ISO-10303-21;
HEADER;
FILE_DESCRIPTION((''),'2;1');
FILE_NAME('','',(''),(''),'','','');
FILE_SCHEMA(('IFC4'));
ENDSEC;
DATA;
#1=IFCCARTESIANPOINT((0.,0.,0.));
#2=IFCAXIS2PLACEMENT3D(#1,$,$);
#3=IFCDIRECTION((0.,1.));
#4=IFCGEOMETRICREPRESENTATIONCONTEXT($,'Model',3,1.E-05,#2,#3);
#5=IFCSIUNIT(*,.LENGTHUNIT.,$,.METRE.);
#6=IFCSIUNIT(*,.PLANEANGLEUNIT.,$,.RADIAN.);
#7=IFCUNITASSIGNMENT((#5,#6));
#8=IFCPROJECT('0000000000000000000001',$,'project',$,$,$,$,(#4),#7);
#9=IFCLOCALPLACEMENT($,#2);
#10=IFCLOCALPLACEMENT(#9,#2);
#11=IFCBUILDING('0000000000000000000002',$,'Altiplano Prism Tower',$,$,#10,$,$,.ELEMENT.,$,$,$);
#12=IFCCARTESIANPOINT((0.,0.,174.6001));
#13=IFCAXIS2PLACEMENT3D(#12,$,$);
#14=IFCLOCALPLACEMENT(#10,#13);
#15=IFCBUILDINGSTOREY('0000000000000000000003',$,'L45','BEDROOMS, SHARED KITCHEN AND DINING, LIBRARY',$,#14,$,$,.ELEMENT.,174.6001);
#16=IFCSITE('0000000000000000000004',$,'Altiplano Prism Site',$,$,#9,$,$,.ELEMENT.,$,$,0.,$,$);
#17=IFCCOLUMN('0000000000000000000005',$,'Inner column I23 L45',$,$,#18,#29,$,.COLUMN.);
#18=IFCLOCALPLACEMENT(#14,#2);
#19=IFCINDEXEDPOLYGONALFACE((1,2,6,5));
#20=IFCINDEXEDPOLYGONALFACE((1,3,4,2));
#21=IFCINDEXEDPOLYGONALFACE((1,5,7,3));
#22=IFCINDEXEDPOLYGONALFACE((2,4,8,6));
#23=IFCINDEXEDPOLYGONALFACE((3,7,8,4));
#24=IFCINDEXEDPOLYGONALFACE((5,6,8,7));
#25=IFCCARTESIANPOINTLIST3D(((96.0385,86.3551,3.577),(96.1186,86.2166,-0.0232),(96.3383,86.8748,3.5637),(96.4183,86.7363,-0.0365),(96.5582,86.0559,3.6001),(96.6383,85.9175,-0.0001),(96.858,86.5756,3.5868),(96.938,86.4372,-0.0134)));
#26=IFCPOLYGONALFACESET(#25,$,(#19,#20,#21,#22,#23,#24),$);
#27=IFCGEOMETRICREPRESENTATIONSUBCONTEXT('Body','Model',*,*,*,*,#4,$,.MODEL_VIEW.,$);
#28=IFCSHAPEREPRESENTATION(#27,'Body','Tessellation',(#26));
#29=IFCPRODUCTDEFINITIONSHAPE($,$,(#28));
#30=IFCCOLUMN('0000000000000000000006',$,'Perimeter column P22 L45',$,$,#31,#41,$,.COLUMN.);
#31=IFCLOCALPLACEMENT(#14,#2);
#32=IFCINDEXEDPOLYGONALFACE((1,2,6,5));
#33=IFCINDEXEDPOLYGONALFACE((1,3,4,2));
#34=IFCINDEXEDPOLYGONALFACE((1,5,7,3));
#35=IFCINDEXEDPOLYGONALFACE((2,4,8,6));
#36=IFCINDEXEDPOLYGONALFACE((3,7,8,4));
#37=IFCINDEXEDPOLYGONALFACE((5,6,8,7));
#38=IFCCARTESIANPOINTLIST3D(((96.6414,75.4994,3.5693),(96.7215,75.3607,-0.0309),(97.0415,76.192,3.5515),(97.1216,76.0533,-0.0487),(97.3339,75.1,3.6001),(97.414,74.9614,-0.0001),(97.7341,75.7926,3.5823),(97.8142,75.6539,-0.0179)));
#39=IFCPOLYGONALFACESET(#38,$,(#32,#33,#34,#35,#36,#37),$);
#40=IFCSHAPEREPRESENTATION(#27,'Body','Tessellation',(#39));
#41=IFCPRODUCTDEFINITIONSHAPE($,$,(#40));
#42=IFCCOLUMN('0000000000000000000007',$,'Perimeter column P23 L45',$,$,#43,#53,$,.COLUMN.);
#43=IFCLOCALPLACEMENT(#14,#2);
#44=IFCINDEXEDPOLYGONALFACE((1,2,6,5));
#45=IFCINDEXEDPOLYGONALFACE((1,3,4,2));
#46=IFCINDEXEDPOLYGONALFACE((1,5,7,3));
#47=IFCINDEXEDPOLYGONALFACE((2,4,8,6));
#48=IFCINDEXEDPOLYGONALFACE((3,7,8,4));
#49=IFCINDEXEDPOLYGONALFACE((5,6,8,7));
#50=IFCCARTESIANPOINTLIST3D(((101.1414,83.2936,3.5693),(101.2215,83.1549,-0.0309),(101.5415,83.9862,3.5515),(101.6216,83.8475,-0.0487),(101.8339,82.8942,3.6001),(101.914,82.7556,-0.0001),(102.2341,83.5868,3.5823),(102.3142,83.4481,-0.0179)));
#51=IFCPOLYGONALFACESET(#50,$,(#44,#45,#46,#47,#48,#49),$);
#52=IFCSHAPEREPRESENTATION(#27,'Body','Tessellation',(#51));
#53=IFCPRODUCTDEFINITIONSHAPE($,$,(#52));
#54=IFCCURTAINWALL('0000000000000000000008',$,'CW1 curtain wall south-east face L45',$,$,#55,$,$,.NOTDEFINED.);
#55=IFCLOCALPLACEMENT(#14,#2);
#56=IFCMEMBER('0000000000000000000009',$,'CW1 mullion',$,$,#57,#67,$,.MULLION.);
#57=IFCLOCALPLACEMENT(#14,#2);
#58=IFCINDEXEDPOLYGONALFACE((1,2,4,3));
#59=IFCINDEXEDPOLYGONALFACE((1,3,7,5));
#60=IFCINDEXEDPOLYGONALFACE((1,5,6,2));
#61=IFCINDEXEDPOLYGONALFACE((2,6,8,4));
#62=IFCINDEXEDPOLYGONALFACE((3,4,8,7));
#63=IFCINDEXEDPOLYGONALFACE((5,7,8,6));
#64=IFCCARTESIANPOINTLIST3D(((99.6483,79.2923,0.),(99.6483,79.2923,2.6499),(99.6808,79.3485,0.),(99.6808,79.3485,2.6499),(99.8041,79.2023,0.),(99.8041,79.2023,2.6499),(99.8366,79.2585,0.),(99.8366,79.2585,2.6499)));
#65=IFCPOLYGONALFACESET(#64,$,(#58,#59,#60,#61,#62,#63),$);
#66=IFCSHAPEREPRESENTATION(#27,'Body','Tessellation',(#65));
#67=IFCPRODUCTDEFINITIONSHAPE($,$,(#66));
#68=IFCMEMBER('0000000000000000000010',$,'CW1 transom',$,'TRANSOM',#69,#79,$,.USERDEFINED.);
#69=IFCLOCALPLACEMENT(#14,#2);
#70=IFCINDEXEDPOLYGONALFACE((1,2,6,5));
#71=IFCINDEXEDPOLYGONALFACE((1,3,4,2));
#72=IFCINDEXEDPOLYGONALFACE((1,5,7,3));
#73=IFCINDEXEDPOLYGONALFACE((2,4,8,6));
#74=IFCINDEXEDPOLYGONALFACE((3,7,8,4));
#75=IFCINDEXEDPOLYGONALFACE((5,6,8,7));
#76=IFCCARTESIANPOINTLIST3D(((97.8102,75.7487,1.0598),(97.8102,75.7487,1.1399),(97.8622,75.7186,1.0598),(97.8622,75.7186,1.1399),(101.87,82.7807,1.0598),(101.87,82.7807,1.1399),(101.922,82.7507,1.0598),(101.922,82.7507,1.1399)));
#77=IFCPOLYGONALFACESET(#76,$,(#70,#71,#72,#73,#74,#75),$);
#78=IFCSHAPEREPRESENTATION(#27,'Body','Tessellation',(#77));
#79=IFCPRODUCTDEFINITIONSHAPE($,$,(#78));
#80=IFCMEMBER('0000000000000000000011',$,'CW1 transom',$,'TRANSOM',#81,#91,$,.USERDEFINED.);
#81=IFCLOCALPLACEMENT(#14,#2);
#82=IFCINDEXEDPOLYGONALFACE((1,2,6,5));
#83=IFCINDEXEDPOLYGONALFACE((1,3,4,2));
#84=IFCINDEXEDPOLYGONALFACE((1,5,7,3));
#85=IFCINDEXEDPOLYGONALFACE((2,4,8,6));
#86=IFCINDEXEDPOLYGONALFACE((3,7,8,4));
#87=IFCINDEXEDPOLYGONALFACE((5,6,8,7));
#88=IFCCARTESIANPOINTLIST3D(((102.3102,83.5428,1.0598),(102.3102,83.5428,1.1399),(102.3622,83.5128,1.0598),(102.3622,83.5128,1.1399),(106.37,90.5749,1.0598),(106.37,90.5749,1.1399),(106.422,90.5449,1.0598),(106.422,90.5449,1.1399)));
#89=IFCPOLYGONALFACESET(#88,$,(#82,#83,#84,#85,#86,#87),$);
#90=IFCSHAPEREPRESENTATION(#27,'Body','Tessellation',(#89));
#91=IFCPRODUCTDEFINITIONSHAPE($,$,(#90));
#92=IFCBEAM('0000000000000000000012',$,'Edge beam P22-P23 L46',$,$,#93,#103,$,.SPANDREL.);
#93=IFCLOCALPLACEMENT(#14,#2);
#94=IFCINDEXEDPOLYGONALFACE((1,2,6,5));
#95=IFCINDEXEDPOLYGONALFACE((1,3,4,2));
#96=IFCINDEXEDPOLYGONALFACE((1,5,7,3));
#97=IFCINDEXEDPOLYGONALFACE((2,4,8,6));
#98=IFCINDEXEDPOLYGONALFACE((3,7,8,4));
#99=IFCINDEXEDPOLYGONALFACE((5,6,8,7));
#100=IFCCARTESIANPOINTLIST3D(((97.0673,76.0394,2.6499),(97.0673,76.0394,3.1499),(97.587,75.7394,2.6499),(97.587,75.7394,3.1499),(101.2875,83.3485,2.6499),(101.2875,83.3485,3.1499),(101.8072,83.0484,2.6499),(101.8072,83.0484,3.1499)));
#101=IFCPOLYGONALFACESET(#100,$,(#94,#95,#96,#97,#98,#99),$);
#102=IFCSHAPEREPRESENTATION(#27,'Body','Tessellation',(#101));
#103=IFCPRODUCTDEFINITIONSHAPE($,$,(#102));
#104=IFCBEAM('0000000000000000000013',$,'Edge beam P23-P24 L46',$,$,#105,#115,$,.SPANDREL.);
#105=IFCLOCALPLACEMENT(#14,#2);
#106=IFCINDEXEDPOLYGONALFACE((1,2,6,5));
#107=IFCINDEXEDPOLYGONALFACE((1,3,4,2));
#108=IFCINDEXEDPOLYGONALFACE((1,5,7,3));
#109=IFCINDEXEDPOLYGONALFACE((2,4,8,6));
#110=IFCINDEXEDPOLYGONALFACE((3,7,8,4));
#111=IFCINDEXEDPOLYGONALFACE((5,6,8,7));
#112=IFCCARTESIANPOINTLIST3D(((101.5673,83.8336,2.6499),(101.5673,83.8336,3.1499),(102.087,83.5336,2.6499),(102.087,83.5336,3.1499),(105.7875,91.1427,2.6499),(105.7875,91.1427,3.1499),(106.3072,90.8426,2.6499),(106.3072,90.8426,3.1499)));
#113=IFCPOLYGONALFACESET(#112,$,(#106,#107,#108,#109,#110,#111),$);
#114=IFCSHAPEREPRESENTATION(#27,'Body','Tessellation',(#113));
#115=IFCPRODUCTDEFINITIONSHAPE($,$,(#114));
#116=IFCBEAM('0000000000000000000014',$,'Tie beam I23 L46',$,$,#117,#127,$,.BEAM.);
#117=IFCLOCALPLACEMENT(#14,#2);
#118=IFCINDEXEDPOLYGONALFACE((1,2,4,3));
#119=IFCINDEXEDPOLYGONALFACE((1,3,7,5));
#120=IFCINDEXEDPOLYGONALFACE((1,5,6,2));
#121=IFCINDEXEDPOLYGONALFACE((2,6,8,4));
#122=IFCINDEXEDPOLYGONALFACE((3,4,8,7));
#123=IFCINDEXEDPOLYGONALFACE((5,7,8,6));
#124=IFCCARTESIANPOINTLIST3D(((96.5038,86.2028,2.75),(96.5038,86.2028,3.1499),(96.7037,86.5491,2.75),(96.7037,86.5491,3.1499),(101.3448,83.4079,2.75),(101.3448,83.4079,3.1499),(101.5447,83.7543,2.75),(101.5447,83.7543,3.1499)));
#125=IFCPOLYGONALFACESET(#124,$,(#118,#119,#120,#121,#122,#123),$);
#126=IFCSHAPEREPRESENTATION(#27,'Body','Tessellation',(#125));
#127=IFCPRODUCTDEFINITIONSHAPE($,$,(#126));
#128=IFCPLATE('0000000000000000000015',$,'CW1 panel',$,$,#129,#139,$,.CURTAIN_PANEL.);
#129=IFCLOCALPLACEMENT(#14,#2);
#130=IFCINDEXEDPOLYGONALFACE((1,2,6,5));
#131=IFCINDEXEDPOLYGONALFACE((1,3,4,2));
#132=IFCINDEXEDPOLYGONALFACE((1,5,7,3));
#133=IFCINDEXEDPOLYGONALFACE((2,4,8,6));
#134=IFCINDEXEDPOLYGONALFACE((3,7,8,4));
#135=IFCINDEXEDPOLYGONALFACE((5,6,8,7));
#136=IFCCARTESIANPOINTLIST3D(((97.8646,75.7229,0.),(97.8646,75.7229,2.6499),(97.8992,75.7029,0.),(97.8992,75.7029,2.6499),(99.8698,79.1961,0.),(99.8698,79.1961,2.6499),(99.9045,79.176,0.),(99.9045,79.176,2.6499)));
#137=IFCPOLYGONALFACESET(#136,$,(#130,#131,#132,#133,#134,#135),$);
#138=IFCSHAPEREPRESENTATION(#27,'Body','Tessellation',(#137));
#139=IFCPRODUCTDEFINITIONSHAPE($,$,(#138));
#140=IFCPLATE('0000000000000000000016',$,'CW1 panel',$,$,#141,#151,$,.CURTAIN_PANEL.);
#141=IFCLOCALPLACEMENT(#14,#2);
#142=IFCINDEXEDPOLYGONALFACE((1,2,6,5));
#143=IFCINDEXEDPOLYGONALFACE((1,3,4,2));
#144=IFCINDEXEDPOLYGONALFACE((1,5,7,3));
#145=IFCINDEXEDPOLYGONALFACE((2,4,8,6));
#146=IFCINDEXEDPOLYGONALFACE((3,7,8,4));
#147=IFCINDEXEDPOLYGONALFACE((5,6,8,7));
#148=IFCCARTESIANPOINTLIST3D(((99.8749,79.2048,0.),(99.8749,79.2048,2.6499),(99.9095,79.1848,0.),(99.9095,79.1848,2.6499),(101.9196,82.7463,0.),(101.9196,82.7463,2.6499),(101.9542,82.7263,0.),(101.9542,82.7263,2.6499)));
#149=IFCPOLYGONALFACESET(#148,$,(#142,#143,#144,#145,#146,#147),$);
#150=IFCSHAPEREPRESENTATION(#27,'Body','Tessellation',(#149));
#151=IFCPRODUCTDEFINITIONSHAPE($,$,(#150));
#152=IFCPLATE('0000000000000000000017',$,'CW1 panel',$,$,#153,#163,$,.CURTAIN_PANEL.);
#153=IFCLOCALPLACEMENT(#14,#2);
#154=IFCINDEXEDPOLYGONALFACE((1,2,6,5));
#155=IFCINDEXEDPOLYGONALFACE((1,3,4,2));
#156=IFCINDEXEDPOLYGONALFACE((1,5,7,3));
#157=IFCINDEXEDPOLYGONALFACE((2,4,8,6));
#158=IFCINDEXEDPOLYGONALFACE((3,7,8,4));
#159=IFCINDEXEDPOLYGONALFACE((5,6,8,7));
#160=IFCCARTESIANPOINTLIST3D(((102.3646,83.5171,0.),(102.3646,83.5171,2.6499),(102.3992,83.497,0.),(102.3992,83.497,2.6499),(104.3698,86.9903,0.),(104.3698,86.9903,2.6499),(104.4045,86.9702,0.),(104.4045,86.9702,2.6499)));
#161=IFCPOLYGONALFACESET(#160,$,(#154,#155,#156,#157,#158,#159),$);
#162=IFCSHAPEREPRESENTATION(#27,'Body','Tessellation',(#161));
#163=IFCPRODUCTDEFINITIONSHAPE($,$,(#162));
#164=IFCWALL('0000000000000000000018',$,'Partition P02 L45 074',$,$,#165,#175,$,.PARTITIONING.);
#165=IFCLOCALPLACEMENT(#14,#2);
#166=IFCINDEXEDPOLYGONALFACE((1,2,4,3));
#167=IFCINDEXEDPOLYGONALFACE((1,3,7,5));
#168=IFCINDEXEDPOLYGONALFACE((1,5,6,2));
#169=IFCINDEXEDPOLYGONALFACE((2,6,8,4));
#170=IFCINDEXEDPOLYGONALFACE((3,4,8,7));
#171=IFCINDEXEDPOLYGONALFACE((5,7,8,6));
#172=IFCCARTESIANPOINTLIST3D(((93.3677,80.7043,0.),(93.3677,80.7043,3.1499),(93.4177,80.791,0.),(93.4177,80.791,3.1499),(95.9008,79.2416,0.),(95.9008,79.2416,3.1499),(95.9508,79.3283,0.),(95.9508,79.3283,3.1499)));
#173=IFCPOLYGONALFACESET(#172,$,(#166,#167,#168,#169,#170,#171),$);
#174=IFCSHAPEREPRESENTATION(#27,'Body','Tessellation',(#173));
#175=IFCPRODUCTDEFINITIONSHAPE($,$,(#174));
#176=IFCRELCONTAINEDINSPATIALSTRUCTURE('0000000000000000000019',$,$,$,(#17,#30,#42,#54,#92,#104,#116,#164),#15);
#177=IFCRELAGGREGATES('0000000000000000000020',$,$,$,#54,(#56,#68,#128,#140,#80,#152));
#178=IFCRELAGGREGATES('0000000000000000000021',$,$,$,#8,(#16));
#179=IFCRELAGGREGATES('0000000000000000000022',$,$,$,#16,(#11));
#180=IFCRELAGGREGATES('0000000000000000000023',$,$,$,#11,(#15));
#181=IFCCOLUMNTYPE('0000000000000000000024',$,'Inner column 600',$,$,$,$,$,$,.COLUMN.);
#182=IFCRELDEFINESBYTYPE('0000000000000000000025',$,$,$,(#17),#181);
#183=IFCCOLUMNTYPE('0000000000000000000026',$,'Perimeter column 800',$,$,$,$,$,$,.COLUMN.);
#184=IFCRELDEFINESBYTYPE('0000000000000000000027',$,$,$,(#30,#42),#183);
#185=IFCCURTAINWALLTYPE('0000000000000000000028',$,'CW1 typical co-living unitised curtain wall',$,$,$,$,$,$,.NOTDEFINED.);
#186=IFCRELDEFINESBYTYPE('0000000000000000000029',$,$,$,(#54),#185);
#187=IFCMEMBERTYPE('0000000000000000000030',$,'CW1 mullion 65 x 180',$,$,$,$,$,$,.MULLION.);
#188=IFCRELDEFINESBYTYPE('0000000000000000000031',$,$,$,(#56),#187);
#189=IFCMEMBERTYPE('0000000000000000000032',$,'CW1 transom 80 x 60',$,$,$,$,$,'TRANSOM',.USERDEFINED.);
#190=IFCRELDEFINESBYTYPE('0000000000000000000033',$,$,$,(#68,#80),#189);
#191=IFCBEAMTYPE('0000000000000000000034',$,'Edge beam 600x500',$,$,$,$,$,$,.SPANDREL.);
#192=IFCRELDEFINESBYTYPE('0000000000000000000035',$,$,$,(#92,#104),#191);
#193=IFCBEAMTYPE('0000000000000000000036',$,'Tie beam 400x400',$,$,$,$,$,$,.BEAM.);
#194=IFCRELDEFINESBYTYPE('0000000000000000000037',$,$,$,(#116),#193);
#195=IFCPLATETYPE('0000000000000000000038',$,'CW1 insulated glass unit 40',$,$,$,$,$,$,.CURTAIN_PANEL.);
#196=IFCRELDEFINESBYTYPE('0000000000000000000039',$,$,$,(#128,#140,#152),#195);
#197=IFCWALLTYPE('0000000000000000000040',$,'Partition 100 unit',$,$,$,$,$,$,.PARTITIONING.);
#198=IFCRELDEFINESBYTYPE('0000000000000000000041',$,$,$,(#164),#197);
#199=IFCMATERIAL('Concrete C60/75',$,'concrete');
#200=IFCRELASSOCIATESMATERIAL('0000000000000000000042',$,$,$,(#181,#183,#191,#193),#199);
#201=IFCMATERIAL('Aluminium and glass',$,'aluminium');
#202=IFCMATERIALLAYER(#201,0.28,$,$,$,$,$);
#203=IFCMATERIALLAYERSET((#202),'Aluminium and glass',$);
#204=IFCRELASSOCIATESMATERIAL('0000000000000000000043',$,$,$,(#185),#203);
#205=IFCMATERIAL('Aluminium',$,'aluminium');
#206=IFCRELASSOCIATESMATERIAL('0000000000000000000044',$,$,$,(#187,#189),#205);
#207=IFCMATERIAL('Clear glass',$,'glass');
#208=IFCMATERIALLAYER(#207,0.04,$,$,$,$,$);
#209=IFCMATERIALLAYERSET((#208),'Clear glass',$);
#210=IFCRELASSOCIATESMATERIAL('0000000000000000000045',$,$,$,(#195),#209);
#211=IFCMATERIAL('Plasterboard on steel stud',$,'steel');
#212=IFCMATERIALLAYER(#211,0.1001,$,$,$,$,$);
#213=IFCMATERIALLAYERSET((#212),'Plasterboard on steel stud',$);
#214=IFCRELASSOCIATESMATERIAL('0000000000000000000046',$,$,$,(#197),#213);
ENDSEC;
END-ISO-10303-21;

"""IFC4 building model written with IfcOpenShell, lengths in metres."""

from ifc_helpers import new_model, si_unit, direction, frame, frame_2d, origin, origin_2d, place, context, subcontext, project, spatial, rectangle, extrude, material, layer, layer_set, material_profile, profile_set, type_object, element, aggregate, save


model = new_model("IFC4")

# Units and contexts
model_context = context("Model", 3, precision=1e-05, world=origin(), true_north=direction((0.0, 1.0)))
body_context = subcontext(model_context, "Body", "Model", "MODEL_VIEW")
ifc_project = project(units=[si_unit("LENGTHUNIT", "METRE"), si_unit("PLANEANGLEUNIT", "RADIAN")], contexts=[model_context])

# Site, building, storey
site_placement = place(None, origin())
site = spatial("IfcSite", under=ifc_project, at=site_placement, Name="Altiplano Prism Site", CompositionType="ELEMENT", RefElevation=0.0)
building_placement = place(site_placement, origin())
building = spatial("IfcBuilding", under=site, at=building_placement, Name="Altiplano Prism Tower", CompositionType="ELEMENT")
storey_placement = place(building_placement, frame((0.0, 0.0, 174.6001)))
storey = spatial("IfcBuildingStorey", under=building, at=storey_placement, Name="L45", Description="BEDROOMS, SHARED KITCHEN AND DINING, LIBRARY", CompositionType="ELEMENT", Elevation=174.6001)

# Columns
ifc_material_1 = material(Name="Concrete C60/75", Category="concrete")
ifc_material_profile_1 = material_profile(ifc_material_1, rectangle(XDim=0.6001, YDim=0.6001, at=origin_2d()), Name="Inner column 600")
ifc_profile_set_1 = profile_set([ifc_material_profile_1], Name="Concrete C60/75")
column_type_1 = type_object("IfcColumnType", Name="Inner column 600", PredefinedType="COLUMN", material=ifc_profile_set_1)
column_placement = place(storey_placement, frame((96.5283, 86.3269, -0.0183), z_axis=(-0.022221, 0.038413, 0.999015), x_axis=(-0.499508, -0.866025, 0.022189)))
element("IfcColumn", 1, at=column_placement, inside=storey, type_object=column_type_1, Name="Inner column I23 L45", PredefinedType="COLUMN", context=body_context, shape_type="SweptSolid", body=[
    extrude(rectangle(XDim=0.6001, YDim=0.6001, at=origin_2d()), origin(), (0.0, 0.0, 1.0), 3.6038),
])
ifc_material_profile_2 = material_profile(ifc_material_1, rectangle(XDim=0.8, YDim=0.8, at=origin_2d()), Name="Perimeter column 800")
ifc_profile_set_2 = profile_set([ifc_material_profile_2], Name="Concrete C60/75")
column_type_2 = type_object("IfcColumnType", Name="Perimeter column 800", PredefinedType="COLUMN", material=ifc_profile_set_2)
for number, where, z_axis, x_axis, name in (
    (2, (97.2678, 75.5073, -0.0244), (-0.022221, 0.038481, 0.999012), (-0.500175, -0.86564, 0.022218), "Perimeter column P22 L45"),
    (3, (101.7678, 83.3015, -0.0244), (-0.022221, 0.038481, 0.999012), (-0.50017, -0.865642, 0.022218), "Perimeter column P23 L45"),
):
    element("IfcColumn", number, at=place(storey_placement, frame(where, z_axis=z_axis, x_axis=x_axis)), inside=storey, type_object=column_type_2, Name=name, PredefinedType="COLUMN", context=body_context, shape_type="SweptSolid", body=[
        extrude(rectangle(XDim=0.8, YDim=0.8, at=origin_2d()), origin(), (0.0, 0.0, 1.0), 3.6038),
    ])

# Curtain wall, members
ifc_material_2 = material(Name="Aluminium and glass", Category="aluminium")
ifc_layer_1 = layer(ifc_material_2, 0.28)
ifc_layer_set_1 = layer_set([ifc_layer_1], Name="Aluminium and glass")
curtain_wall_type = type_object("IfcCurtainWallType", Name="CW1 typical co-living unitised curtain wall", PredefinedType="NOTDEFINED", material=ifc_layer_set_1)
curtain_wall_placement = place(storey_placement, origin())
curtain_wall = element("IfcCurtainWall", 4, at=curtain_wall_placement, inside=storey, type_object=curtain_wall_type, Name="CW1 curtain wall south-east face L45", PredefinedType="NOTDEFINED")
ifc_material_3 = material(Name="Aluminium", Category="aluminium")
ifc_material_profile_3 = material_profile(ifc_material_3, rectangle(XDim=0.1799, YDim=0.0649, at=origin_2d()), Name="CW1 mullion 65 x 180")
ifc_profile_set_3 = profile_set([ifc_material_profile_3], Name="Aluminium")
member_type_1 = type_object("IfcMemberType", Name="CW1 mullion 65 x 180", PredefinedType="MULLION", material=ifc_profile_set_3)
member_1_placement = place(storey_placement, frame((99.7424, 79.2754, 0.0), z_axis=(0.0, 0.0, 1.0), x_axis=(-0.866025, 0.5, 0.0)))
member_1 = element("IfcMember", 5, at=member_1_placement, type_object=member_type_1, Name="CW1 mullion", PredefinedType="MULLION", context=body_context, shape_type="SweptSolid", body=[
    extrude(rectangle(XDim=0.1799, YDim=0.0649, at=origin_2d()), origin(), (0.0, 0.0, 1.0), 2.6499),
])
ifc_material_profile_4 = material_profile(ifc_material_3, rectangle(XDim=0.0601, YDim=0.0801, at=origin_2d()), Name="CW1 transom 80 x 60")
ifc_profile_set_4 = profile_set([ifc_material_profile_4], Name="Aluminium")
member_type_2 = type_object("IfcMemberType", Name="CW1 transom 80 x 60", ElementType="TRANSOM", PredefinedType="USERDEFINED", material=ifc_profile_set_4)
member_2_placement = place(storey_placement, frame((97.8362, 75.7336, 1.0999), z_axis=(0.499991, 0.866031, 0.0), x_axis=(-0.866031, 0.499991, 0.0)))
member_2 = element("IfcMember", 6, at=member_2_placement, type_object=member_type_2, Name="CW1 transom", ObjectType="TRANSOM", PredefinedType="USERDEFINED", context=body_context, shape_type="SweptSolid", body=[
    extrude(rectangle(XDim=0.0601, YDim=0.0801, at=origin_2d()), origin(), (0.0, 0.0, 1.0), 8.1199),
])
member_3_placement = place(storey_placement, frame((102.3362, 83.5278, 1.0999), z_axis=(0.499991, 0.866031, 0.0), x_axis=(-0.866031, 0.499991, 0.0)))
member_3 = element("IfcMember", 7, at=member_3_placement, type_object=member_type_2, Name="CW1 transom", ObjectType="TRANSOM", PredefinedType="USERDEFINED", context=body_context, shape_type="SweptSolid", body=[
    extrude(rectangle(XDim=0.0601, YDim=0.0801, at=origin_2d()), origin(), (0.0, 0.0, 1.0), 8.1199),
])

# Beams
ifc_material_profile_5 = material_profile(ifc_material_1, rectangle(XDim=0.6001, YDim=0.5, at=origin_2d()), Name="Edge beam 600x500")
ifc_profile_set_5 = profile_set([ifc_material_profile_5], Name="Concrete C60/75")
beam_type_1 = type_object("IfcBeamType", Name="Edge beam 600x500", PredefinedType="SPANDREL", material=ifc_profile_set_5)
for number, where, z_axis, x_axis, name in (
    (8, (97.3271, 75.8894, 2.8999), (0.500028, 0.866009, 0.0), (-0.866009, 0.500028, 0.0), "Edge beam P22-P23 L46"),
    (9, (101.8271, 83.6836, 2.8999), (0.500028, 0.866009, 0.0), (-0.866009, 0.500028, 0.0), "Edge beam P23-P24 L46"),
):
    element("IfcBeam", number, at=place(storey_placement, frame(where, z_axis=z_axis, x_axis=x_axis)), inside=storey, type_object=beam_type_1, Name=name, PredefinedType="SPANDREL", context=body_context, shape_type="SweptSolid", body=[
        extrude(rectangle(XDim=0.6001, YDim=0.5, at=origin_2d()), origin(), (0.0, 0.0, 1.0), 8.4399),
    ])
ifc_material_profile_6 = material_profile(ifc_material_1, rectangle(XDim=0.3999, YDim=0.3999, at=origin_2d()), Name="Tie beam 400x400")
ifc_profile_set_6 = profile_set([ifc_material_profile_6], Name="Concrete C60/75")
beam_type_2 = type_object("IfcBeamType", Name="Tie beam 400x400", PredefinedType="BEAM", material=ifc_profile_set_6)
beam_placement = place(storey_placement, frame((96.6038, 86.376, 2.95), z_axis=(0.866031, -0.499991, 0.0), x_axis=(0.499991, 0.866031, 0.0)))
element("IfcBeam", 10, at=beam_placement, inside=storey, type_object=beam_type_2, Name="Tie beam I23 L46", PredefinedType="BEAM", context=body_context, shape_type="SweptSolid", body=[
    extrude(rectangle(XDim=0.3999, YDim=0.3999, at=origin_2d()), origin(), (0.0, 0.0, 1.0), 5.5898),
])

# Plates
ifc_material_4 = material(Name="Clear glass", Category="glass")
ifc_layer_2 = layer(ifc_material_4, 0.04)
ifc_layer_set_2 = layer_set([ifc_layer_2], Name="Clear glass")
plate_type = type_object("IfcPlateType", Name="CW1 insulated glass unit 40", PredefinedType="CURTAIN_PANEL", material=ifc_layer_set_2)
plate_1_placement = place(storey_placement, frame((98.8845, 77.4495, 0.0), z_axis=(0.0, 0.0, 1.0), x_axis=(0.5, 0.866025, 0.0)))
plate_1 = element("IfcPlate", 11, at=plate_1_placement, type_object=plate_type, Name="CW1 panel", PredefinedType="CURTAIN_PANEL", context=body_context, shape_type="SweptSolid", body=[
    extrude(rectangle(XDim=4.0105, YDim=0.04, at=origin_2d()), origin(), (0.0, 0.0, 1.0), 2.6499),
])
plate_2_placement = place(storey_placement, frame((100.9146, 80.9656, 0.0), z_axis=(0.0, 0.0, 1.0), x_axis=(0.5, 0.866025, 0.0)))
plate_2 = element("IfcPlate", 12, at=plate_2_placement, type_object=plate_type, Name="CW1 panel", PredefinedType="CURTAIN_PANEL", context=body_context, shape_type="SweptSolid", body=[
    extrude(rectangle(XDim=4.0894, YDim=0.04, at=origin_2d()), origin(), (0.0, 0.0, 1.0), 2.6499),
])
plate_3_placement = place(storey_placement, frame((103.3845, 85.2437, 0.0), z_axis=(0.0, 0.0, 1.0), x_axis=(0.5, 0.866025, 0.0)))
plate_3 = element("IfcPlate", 13, at=plate_3_placement, type_object=plate_type, Name="CW1 panel", PredefinedType="CURTAIN_PANEL", context=body_context, shape_type="SweptSolid", body=[
    extrude(rectangle(XDim=4.0105, YDim=0.04, at=origin_2d()), origin(), (0.0, 0.0, 1.0), 2.6499),
])
aggregate(curtain_wall, [member_1, member_2, plate_1, plate_2, member_3, plate_3])

# Wall
ifc_material_5 = material(Name="Plasterboard on steel stud", Category="steel")
ifc_layer_3 = layer(ifc_material_5, 0.1001)
ifc_layer_set_3 = layer_set([ifc_layer_3], Name="Plasterboard on steel stud")
wall_type_1 = type_object("IfcWallType", Name="Partition 100 unit", PredefinedType="PARTITIONING", material=ifc_layer_set_3)
wall_1_placement = place(storey_placement, frame((93.3928, 80.7476, 0.0), z_axis=(0.0, 0.0, 1.0), x_axis=(0.86599, -0.500062, 0.0)))
element("IfcWall", 14, at=wall_1_placement, inside=storey, type_object=wall_type_1, Name="Partition P02 L45 074", PredefinedType="PARTITIONING", context=body_context, shape_type="SweptSolid", body=[
    extrude(rectangle(XDim=2.925, YDim=0.1001, at=frame_2d((1.4624, 0.0))), origin(), (0.0, 0.0, 1.0), 3.1499),
])

save(model, "model.ifc")
